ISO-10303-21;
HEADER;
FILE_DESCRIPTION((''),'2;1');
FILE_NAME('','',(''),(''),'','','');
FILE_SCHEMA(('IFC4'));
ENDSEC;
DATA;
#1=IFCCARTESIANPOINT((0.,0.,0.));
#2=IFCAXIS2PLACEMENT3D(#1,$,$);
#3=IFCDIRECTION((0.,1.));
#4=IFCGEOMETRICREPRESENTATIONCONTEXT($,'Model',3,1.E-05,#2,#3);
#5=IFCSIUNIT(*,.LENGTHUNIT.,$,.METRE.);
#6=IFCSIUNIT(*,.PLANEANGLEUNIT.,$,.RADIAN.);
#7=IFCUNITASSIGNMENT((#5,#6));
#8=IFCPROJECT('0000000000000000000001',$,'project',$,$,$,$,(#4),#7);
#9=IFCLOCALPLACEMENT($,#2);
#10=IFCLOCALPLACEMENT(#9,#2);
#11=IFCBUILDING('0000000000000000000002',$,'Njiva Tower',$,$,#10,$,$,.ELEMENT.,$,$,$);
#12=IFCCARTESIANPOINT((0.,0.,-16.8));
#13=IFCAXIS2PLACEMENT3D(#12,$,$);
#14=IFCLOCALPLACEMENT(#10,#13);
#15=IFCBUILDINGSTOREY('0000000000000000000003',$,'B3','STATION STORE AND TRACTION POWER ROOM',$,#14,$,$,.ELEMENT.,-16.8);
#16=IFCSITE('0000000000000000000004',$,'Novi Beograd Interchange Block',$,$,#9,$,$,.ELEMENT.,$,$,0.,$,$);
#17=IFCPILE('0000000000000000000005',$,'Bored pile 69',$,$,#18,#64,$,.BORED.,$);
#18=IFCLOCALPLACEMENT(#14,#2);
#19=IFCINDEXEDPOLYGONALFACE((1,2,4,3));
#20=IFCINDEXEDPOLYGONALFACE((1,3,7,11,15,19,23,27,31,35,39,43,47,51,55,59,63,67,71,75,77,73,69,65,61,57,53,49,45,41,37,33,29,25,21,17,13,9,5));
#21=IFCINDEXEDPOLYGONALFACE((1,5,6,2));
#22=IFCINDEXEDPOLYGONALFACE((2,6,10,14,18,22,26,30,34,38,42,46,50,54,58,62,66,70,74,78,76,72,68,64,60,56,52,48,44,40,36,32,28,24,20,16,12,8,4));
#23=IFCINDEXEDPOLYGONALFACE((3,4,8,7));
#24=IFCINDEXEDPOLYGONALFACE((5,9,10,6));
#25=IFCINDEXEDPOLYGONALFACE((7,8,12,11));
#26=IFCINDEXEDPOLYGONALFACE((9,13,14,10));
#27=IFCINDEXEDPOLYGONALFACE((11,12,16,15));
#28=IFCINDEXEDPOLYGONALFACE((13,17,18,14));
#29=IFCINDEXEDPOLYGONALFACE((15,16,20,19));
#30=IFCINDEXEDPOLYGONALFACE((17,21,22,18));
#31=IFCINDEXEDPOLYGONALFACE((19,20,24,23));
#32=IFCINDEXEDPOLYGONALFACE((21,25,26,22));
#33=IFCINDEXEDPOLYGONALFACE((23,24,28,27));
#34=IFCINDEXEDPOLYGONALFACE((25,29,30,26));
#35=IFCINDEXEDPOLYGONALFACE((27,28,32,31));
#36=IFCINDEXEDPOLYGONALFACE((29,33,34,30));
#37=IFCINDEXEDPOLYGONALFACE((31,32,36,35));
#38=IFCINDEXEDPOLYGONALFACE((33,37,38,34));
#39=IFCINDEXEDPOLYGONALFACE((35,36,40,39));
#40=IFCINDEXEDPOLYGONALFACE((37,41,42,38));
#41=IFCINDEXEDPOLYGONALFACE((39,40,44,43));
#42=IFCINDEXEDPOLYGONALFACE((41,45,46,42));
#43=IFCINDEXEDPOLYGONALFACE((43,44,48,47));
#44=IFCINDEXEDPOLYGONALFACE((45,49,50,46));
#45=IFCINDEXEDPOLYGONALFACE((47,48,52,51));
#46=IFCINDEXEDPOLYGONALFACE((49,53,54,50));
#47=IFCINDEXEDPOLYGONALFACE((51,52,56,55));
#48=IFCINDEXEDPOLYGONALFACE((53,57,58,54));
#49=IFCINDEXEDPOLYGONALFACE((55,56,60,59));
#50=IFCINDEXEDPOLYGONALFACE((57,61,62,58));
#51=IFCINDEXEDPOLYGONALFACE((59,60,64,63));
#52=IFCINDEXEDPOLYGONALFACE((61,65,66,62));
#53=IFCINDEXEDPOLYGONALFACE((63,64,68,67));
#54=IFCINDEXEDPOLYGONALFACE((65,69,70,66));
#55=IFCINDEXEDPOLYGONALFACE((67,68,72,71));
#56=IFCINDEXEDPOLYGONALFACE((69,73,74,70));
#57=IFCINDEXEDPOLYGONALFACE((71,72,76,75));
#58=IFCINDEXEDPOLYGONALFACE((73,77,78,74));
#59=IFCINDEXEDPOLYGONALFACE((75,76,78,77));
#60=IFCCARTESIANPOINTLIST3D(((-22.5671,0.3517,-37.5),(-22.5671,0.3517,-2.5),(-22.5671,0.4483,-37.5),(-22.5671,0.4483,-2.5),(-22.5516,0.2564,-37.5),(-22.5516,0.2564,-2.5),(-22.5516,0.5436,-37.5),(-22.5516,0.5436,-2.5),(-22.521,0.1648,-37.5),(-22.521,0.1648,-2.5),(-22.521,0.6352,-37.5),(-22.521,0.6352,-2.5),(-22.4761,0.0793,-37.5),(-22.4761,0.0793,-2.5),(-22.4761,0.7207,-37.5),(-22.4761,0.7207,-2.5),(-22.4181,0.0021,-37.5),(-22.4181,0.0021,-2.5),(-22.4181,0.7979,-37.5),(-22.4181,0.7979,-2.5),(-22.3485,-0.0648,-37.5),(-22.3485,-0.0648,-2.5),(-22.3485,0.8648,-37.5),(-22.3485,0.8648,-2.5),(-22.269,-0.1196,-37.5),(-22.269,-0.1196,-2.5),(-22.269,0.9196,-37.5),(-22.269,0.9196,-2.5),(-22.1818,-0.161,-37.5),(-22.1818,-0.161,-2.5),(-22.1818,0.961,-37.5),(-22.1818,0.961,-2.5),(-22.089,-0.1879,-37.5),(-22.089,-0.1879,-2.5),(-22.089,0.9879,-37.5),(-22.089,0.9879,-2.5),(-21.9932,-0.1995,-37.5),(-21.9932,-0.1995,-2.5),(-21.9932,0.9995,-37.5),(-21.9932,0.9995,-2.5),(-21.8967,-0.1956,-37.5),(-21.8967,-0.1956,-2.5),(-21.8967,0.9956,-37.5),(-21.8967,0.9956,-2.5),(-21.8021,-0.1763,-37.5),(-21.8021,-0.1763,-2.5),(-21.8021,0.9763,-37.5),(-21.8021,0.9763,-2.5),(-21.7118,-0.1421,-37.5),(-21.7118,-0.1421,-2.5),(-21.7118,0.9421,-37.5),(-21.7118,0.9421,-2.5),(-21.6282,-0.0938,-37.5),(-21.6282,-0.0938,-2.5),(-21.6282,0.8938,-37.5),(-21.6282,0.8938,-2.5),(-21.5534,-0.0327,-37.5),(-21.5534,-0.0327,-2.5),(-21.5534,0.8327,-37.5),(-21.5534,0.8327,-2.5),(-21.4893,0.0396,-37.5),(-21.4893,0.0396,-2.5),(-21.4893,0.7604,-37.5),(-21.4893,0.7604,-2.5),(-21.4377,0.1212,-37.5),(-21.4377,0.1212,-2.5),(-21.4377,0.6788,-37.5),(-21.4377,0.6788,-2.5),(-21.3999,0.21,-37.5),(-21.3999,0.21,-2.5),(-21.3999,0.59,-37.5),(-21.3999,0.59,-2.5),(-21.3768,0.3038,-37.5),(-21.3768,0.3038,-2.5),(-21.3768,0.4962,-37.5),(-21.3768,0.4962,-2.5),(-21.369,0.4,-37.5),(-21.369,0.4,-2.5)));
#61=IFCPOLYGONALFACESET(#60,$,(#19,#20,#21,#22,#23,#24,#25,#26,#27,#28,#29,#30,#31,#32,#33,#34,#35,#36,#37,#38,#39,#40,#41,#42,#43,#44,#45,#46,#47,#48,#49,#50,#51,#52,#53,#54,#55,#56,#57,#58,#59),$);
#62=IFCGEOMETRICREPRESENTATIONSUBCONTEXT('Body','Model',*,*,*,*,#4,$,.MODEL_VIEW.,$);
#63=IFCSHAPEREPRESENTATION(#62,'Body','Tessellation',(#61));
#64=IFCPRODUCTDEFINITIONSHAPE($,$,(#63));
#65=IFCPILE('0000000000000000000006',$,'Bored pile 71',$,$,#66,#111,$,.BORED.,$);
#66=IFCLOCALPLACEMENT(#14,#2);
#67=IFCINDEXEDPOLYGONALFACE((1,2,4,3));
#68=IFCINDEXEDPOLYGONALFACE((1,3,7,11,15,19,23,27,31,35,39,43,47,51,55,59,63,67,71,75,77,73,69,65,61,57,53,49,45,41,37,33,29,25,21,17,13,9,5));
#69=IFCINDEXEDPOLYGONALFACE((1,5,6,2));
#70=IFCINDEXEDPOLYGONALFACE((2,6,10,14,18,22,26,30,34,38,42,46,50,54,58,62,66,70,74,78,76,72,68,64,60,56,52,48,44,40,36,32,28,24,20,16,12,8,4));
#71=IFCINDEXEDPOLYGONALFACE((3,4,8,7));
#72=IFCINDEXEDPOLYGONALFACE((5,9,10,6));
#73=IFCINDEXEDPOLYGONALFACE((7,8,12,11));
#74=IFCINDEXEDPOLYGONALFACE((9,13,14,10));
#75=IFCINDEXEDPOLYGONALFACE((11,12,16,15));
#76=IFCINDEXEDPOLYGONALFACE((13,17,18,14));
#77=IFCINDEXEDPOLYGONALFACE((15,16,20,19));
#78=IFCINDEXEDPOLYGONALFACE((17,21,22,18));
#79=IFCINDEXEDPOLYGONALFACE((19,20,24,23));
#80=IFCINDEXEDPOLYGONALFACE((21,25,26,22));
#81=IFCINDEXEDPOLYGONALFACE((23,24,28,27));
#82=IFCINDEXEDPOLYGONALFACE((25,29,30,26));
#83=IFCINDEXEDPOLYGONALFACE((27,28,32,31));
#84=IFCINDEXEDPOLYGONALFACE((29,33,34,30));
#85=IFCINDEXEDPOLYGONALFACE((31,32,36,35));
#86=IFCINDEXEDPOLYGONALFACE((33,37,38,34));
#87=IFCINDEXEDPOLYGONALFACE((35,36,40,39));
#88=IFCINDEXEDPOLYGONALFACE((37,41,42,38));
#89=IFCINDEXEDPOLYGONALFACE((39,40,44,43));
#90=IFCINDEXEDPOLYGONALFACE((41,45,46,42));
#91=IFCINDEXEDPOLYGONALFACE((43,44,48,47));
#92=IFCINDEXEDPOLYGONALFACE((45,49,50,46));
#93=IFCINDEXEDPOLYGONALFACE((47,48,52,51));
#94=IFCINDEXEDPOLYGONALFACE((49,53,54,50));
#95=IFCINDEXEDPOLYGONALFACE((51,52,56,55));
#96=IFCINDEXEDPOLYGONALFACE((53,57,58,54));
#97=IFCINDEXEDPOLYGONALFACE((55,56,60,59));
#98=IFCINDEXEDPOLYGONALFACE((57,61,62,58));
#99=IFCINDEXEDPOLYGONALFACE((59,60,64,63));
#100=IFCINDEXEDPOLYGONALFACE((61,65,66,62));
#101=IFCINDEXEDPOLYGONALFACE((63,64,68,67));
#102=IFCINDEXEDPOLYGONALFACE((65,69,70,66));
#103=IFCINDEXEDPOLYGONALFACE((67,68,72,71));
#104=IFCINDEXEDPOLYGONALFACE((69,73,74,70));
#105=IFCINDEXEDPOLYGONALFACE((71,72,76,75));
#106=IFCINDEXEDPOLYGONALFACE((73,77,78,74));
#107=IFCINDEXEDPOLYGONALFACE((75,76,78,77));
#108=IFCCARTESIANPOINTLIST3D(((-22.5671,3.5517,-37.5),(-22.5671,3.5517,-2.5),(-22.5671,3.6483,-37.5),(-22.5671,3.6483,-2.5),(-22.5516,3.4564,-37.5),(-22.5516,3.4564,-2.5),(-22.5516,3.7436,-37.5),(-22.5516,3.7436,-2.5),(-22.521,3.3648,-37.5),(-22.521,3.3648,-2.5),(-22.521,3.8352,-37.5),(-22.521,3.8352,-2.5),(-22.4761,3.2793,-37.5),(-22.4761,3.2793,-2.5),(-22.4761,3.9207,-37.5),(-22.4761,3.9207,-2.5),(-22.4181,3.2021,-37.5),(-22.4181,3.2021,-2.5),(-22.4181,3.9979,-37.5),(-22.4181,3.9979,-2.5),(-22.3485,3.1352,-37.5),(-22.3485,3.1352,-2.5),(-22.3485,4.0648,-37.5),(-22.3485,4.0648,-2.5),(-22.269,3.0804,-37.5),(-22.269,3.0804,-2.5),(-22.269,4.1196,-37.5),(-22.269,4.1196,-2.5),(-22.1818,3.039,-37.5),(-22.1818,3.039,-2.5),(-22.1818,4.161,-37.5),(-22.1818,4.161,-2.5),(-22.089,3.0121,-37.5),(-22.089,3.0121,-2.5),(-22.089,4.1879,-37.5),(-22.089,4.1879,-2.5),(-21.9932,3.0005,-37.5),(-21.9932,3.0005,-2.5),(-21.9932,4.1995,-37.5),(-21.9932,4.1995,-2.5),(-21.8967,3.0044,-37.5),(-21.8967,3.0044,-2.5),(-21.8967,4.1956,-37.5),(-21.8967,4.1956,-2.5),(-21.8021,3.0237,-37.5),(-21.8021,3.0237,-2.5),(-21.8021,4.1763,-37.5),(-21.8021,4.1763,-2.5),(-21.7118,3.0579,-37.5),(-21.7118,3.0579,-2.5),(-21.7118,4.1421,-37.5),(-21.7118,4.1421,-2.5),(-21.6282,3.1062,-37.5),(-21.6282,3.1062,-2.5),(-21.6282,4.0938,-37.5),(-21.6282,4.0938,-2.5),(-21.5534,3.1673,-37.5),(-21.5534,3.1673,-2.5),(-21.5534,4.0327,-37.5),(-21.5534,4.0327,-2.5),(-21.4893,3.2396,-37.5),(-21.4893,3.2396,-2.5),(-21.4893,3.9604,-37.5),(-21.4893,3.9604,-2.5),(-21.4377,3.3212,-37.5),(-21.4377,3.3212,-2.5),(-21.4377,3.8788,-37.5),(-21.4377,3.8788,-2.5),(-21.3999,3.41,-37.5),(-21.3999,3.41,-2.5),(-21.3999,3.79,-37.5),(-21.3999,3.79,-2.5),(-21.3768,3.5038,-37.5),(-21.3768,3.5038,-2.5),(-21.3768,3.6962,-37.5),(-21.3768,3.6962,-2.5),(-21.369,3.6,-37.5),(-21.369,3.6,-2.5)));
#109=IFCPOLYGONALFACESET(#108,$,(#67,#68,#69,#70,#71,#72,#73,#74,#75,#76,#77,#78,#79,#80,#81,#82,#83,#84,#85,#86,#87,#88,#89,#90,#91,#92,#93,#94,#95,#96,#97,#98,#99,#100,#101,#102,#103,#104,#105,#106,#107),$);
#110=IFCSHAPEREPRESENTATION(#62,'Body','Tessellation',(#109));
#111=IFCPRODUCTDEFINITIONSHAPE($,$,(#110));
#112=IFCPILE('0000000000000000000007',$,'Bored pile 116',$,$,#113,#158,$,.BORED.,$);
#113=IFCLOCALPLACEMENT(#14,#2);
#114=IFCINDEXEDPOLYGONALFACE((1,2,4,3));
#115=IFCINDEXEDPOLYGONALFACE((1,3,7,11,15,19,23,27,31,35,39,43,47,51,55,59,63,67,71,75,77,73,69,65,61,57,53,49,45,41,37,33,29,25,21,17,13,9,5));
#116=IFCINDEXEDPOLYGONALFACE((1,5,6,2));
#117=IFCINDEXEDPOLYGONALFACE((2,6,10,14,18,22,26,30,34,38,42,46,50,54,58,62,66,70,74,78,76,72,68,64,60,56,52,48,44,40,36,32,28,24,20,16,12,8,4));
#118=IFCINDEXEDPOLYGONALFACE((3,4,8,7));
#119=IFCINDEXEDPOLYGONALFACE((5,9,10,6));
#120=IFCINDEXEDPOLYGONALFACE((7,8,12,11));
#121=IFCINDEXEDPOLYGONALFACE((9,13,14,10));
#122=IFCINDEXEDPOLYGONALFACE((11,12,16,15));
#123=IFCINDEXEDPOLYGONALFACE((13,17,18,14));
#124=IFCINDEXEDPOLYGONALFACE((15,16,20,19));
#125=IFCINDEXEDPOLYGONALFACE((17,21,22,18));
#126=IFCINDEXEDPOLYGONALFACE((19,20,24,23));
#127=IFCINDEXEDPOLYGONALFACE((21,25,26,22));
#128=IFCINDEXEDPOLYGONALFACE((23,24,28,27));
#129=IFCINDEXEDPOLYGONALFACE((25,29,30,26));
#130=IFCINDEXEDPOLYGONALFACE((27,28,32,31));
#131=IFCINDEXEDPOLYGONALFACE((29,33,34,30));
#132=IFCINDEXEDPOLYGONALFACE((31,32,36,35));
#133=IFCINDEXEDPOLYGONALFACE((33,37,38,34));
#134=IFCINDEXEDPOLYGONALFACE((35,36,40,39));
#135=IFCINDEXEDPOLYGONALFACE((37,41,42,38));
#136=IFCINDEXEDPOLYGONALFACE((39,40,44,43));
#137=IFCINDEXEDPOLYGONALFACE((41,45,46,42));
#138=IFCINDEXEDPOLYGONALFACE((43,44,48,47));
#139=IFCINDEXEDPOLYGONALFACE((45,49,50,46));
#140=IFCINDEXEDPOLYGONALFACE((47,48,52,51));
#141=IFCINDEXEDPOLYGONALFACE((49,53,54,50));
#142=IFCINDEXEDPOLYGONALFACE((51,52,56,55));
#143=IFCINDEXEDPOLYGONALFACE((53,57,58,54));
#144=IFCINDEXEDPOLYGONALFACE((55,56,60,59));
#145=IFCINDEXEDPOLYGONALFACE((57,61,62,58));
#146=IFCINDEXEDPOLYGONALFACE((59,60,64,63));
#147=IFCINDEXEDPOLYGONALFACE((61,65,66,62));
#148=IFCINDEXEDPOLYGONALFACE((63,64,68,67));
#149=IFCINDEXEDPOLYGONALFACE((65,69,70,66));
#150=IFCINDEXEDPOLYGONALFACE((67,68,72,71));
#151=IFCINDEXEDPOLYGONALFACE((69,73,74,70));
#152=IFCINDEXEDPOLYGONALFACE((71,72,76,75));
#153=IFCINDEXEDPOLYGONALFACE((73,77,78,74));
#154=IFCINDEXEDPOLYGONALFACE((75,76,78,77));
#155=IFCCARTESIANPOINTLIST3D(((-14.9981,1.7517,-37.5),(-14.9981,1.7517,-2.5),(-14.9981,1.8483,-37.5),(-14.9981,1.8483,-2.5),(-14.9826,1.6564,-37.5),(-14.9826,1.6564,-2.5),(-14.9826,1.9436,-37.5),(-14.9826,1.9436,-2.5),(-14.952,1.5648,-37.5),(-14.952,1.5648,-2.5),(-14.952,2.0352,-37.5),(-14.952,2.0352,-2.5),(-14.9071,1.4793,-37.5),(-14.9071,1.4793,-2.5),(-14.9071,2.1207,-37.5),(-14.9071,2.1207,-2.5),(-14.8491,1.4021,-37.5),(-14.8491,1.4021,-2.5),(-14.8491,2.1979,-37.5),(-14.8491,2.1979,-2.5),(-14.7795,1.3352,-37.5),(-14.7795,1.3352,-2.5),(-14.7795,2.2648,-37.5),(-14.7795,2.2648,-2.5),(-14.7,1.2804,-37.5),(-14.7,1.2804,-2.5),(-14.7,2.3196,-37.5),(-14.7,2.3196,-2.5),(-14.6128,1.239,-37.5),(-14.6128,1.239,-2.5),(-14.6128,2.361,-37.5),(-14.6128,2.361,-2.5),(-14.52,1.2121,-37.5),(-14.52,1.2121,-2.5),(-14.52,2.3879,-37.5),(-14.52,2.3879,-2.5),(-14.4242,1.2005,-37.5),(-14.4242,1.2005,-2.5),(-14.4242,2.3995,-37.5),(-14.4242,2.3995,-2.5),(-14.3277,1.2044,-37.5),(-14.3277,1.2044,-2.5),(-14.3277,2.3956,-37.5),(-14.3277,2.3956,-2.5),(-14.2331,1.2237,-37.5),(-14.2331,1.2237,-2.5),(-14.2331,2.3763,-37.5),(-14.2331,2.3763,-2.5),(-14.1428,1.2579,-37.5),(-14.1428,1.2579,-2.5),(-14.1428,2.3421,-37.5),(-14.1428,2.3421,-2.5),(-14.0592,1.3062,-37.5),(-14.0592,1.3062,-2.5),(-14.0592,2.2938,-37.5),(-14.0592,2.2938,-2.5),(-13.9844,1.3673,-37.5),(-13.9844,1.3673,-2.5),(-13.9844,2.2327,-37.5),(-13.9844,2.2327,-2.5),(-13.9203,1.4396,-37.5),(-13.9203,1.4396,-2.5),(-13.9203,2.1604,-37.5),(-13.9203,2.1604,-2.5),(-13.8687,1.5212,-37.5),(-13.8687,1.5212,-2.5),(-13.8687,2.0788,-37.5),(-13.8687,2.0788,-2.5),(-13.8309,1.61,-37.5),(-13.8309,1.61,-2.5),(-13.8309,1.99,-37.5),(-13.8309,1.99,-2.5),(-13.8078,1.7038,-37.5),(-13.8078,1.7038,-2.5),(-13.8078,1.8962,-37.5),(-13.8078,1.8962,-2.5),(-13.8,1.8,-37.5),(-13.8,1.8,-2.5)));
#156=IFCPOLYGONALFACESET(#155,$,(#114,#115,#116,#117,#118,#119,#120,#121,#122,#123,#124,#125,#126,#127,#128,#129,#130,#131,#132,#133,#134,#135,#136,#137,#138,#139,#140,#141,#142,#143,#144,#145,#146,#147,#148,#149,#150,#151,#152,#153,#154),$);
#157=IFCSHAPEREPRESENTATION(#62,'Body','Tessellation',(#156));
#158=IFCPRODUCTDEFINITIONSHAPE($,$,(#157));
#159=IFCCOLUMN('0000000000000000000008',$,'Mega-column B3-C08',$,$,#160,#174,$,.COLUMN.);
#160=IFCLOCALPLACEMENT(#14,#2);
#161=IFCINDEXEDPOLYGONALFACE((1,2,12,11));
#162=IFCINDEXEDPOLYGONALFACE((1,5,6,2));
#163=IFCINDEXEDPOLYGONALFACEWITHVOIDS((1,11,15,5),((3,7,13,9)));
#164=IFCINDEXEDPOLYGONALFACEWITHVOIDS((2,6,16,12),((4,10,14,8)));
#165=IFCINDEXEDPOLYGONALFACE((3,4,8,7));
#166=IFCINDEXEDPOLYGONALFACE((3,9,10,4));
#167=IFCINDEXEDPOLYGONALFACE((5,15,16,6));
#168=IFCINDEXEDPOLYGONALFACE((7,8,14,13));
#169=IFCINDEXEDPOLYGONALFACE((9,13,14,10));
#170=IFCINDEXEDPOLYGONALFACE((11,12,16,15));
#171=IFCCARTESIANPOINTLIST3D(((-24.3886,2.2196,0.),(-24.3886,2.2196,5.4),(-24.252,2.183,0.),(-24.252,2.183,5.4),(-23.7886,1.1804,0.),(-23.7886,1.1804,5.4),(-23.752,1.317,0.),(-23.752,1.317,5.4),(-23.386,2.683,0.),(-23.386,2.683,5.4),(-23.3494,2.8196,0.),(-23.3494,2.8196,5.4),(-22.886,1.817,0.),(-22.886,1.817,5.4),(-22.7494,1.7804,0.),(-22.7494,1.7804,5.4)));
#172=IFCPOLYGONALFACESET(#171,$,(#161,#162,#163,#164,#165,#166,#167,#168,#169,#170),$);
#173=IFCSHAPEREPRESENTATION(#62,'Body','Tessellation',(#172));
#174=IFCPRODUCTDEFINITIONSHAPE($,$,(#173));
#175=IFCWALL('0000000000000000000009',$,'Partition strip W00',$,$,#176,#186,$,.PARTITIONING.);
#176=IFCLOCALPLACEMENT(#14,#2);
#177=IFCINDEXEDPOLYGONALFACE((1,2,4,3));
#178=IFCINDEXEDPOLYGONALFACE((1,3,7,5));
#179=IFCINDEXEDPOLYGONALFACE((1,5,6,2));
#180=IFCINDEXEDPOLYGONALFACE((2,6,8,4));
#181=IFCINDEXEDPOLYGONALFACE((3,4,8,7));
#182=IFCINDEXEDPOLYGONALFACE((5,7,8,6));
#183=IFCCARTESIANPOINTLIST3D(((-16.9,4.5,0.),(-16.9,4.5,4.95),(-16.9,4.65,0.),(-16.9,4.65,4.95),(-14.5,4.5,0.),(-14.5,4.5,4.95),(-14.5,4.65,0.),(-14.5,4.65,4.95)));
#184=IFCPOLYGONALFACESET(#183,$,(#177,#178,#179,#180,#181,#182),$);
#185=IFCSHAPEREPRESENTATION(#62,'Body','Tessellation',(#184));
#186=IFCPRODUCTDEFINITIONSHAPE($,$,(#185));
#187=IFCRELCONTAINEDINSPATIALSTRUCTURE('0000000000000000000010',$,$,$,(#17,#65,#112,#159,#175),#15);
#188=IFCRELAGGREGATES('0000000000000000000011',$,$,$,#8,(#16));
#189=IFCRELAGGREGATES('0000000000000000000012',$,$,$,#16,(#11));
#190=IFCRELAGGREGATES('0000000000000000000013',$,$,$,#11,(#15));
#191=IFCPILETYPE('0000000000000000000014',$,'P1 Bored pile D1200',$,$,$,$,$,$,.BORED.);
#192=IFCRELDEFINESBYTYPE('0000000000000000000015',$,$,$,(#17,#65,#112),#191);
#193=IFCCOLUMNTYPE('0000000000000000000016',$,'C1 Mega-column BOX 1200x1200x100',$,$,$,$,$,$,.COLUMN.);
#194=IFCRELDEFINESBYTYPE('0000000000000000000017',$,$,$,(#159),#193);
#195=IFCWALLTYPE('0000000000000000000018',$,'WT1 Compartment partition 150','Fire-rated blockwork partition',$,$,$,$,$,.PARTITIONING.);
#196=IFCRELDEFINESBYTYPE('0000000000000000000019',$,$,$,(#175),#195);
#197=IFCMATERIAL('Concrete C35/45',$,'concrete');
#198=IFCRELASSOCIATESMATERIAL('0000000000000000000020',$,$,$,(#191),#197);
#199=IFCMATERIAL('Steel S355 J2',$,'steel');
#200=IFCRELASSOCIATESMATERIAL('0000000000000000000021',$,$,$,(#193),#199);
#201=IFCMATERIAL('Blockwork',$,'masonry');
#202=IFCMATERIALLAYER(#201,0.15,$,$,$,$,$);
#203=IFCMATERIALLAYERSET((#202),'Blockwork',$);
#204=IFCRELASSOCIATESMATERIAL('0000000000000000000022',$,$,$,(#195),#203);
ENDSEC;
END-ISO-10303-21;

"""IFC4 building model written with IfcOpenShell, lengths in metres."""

from ifc_helpers import new_model, si_unit, direction, frame, frame_2d, origin, origin_2d, place, context, subcontext, project, spatial, rectangle, hollow_rectangle, circle, extrude, material, layer, layer_set, material_profile, profile_set, type_object, element, save


model = new_model("IFC4")

# Units and contexts
model_context = context("Model", 3, precision=1e-05, world=origin(), true_north=direction((0.0, 1.0)))
body_context = subcontext(model_context, "Body", "Model", "MODEL_VIEW")
ifc_project = project(units=[si_unit("LENGTHUNIT", "METRE"), si_unit("PLANEANGLEUNIT", "RADIAN")], contexts=[model_context])

# Site, building, storey
site_placement = place(None, origin())
site = spatial("IfcSite", under=ifc_project, at=site_placement, Name="Novi Beograd Interchange Block", CompositionType="ELEMENT", RefElevation=0.0)
building_placement = place(site_placement, origin())
building = spatial("IfcBuilding", under=site, at=building_placement, Name="Njiva Tower", CompositionType="ELEMENT")
storey_placement = place(building_placement, frame((0.0, 0.0, -16.8)))
storey = spatial("IfcBuildingStorey", under=building, at=storey_placement, Name="B3", Description="STATION STORE AND TRACTION POWER ROOM", CompositionType="ELEMENT", Elevation=-16.8)

# Piles
ifc_material_1 = material(Name="Concrete C35/45", Category="concrete")
ifc_material_profile_1 = material_profile(ifc_material_1, circle(Radius=0.6, at=origin_2d()), Name="D1200")
ifc_profile_set_1 = profile_set([ifc_material_profile_1], Name="Concrete C35/45")
pile_type = type_object("IfcPileType", Name="P1 Bored pile D1200", PredefinedType="BORED", material=ifc_profile_set_1)
for number, where, z_axis, x_axis, name in (
    (1, (-21.969, 0.4, -2.5), (0.0, 0.0, -1.0), (1.0, 0.0, 0.0), "Bored pile 69"),
    (2, (-21.969, 3.6, -2.5), (0.0, 0.0, -1.0), (1.0, 0.0, 0.0), "Bored pile 71"),
    (3, (-14.4, 1.8, -2.5), (0.0, 0.0, -1.0), (1.0, 0.0, 0.0), "Bored pile 116"),
):
    element("IfcPile", number, at=place(storey_placement, frame(where, z_axis=z_axis, x_axis=x_axis)), inside=storey, type_object=pile_type, Name=name, PredefinedType="BORED", context=body_context, shape_type="SweptSolid", body=[
        extrude(circle(Radius=0.6, at=origin_2d()), origin(), (0.0, 0.0, 1.0), 35.0),
    ])

# Column
ifc_material_2 = material(Name="Steel S355 J2", Category="steel")
ifc_material_profile_2 = material_profile(ifc_material_2, hollow_rectangle(XDim=1.2, YDim=1.2, WallThickness=0.1, at=origin_2d()), Name="BOX 1200x1200x100")
ifc_profile_set_2 = profile_set([ifc_material_profile_2], Name="Steel S355 J2")
column_type = type_object("IfcColumnType", Name="C1 Mega-column BOX 1200x1200x100", PredefinedType="COLUMN", material=ifc_profile_set_2)
column_placement = place(storey_placement, frame((-23.569, 2.0, 0.0), z_axis=(0.0, 0.0, 1.0), x_axis=(0.5, -0.866025, 0.0)))
element("IfcColumn", 4, at=column_placement, inside=storey, type_object=column_type, Name="Mega-column B3-C08", PredefinedType="COLUMN", context=body_context, shape_type="SweptSolid", body=[
    extrude(hollow_rectangle(XDim=1.2, YDim=1.2, WallThickness=0.1, at=origin_2d()), origin(), (0.0, 0.0, 1.0), 5.4),
])

# Wall
ifc_material_3 = material(Name="Blockwork", Category="masonry")
ifc_layer_1 = layer(ifc_material_3, 0.15)
ifc_layer_set_1 = layer_set([ifc_layer_1], Name="Blockwork")
wall_type_1 = type_object("IfcWallType", Name="WT1 Compartment partition 150", Description="Fire-rated blockwork partition", PredefinedType="PARTITIONING", material=ifc_layer_set_1)
wall_1_placement = place(storey_placement, frame((-16.9, 4.575, 0.0), z_axis=(0.0, 0.0, 1.0), x_axis=(1.0, 0.0, 0.0)))
element("IfcWall", 5, at=wall_1_placement, inside=storey, type_object=wall_type_1, Name="Partition strip W00", PredefinedType="PARTITIONING", context=body_context, shape_type="SweptSolid", body=[
    extrude(rectangle(XDim=2.4, YDim=0.15, at=frame_2d((1.2, 0.0))), origin(), (0.0, 0.0, 1.0), 4.95),
])

save(model, "model.ifc")
